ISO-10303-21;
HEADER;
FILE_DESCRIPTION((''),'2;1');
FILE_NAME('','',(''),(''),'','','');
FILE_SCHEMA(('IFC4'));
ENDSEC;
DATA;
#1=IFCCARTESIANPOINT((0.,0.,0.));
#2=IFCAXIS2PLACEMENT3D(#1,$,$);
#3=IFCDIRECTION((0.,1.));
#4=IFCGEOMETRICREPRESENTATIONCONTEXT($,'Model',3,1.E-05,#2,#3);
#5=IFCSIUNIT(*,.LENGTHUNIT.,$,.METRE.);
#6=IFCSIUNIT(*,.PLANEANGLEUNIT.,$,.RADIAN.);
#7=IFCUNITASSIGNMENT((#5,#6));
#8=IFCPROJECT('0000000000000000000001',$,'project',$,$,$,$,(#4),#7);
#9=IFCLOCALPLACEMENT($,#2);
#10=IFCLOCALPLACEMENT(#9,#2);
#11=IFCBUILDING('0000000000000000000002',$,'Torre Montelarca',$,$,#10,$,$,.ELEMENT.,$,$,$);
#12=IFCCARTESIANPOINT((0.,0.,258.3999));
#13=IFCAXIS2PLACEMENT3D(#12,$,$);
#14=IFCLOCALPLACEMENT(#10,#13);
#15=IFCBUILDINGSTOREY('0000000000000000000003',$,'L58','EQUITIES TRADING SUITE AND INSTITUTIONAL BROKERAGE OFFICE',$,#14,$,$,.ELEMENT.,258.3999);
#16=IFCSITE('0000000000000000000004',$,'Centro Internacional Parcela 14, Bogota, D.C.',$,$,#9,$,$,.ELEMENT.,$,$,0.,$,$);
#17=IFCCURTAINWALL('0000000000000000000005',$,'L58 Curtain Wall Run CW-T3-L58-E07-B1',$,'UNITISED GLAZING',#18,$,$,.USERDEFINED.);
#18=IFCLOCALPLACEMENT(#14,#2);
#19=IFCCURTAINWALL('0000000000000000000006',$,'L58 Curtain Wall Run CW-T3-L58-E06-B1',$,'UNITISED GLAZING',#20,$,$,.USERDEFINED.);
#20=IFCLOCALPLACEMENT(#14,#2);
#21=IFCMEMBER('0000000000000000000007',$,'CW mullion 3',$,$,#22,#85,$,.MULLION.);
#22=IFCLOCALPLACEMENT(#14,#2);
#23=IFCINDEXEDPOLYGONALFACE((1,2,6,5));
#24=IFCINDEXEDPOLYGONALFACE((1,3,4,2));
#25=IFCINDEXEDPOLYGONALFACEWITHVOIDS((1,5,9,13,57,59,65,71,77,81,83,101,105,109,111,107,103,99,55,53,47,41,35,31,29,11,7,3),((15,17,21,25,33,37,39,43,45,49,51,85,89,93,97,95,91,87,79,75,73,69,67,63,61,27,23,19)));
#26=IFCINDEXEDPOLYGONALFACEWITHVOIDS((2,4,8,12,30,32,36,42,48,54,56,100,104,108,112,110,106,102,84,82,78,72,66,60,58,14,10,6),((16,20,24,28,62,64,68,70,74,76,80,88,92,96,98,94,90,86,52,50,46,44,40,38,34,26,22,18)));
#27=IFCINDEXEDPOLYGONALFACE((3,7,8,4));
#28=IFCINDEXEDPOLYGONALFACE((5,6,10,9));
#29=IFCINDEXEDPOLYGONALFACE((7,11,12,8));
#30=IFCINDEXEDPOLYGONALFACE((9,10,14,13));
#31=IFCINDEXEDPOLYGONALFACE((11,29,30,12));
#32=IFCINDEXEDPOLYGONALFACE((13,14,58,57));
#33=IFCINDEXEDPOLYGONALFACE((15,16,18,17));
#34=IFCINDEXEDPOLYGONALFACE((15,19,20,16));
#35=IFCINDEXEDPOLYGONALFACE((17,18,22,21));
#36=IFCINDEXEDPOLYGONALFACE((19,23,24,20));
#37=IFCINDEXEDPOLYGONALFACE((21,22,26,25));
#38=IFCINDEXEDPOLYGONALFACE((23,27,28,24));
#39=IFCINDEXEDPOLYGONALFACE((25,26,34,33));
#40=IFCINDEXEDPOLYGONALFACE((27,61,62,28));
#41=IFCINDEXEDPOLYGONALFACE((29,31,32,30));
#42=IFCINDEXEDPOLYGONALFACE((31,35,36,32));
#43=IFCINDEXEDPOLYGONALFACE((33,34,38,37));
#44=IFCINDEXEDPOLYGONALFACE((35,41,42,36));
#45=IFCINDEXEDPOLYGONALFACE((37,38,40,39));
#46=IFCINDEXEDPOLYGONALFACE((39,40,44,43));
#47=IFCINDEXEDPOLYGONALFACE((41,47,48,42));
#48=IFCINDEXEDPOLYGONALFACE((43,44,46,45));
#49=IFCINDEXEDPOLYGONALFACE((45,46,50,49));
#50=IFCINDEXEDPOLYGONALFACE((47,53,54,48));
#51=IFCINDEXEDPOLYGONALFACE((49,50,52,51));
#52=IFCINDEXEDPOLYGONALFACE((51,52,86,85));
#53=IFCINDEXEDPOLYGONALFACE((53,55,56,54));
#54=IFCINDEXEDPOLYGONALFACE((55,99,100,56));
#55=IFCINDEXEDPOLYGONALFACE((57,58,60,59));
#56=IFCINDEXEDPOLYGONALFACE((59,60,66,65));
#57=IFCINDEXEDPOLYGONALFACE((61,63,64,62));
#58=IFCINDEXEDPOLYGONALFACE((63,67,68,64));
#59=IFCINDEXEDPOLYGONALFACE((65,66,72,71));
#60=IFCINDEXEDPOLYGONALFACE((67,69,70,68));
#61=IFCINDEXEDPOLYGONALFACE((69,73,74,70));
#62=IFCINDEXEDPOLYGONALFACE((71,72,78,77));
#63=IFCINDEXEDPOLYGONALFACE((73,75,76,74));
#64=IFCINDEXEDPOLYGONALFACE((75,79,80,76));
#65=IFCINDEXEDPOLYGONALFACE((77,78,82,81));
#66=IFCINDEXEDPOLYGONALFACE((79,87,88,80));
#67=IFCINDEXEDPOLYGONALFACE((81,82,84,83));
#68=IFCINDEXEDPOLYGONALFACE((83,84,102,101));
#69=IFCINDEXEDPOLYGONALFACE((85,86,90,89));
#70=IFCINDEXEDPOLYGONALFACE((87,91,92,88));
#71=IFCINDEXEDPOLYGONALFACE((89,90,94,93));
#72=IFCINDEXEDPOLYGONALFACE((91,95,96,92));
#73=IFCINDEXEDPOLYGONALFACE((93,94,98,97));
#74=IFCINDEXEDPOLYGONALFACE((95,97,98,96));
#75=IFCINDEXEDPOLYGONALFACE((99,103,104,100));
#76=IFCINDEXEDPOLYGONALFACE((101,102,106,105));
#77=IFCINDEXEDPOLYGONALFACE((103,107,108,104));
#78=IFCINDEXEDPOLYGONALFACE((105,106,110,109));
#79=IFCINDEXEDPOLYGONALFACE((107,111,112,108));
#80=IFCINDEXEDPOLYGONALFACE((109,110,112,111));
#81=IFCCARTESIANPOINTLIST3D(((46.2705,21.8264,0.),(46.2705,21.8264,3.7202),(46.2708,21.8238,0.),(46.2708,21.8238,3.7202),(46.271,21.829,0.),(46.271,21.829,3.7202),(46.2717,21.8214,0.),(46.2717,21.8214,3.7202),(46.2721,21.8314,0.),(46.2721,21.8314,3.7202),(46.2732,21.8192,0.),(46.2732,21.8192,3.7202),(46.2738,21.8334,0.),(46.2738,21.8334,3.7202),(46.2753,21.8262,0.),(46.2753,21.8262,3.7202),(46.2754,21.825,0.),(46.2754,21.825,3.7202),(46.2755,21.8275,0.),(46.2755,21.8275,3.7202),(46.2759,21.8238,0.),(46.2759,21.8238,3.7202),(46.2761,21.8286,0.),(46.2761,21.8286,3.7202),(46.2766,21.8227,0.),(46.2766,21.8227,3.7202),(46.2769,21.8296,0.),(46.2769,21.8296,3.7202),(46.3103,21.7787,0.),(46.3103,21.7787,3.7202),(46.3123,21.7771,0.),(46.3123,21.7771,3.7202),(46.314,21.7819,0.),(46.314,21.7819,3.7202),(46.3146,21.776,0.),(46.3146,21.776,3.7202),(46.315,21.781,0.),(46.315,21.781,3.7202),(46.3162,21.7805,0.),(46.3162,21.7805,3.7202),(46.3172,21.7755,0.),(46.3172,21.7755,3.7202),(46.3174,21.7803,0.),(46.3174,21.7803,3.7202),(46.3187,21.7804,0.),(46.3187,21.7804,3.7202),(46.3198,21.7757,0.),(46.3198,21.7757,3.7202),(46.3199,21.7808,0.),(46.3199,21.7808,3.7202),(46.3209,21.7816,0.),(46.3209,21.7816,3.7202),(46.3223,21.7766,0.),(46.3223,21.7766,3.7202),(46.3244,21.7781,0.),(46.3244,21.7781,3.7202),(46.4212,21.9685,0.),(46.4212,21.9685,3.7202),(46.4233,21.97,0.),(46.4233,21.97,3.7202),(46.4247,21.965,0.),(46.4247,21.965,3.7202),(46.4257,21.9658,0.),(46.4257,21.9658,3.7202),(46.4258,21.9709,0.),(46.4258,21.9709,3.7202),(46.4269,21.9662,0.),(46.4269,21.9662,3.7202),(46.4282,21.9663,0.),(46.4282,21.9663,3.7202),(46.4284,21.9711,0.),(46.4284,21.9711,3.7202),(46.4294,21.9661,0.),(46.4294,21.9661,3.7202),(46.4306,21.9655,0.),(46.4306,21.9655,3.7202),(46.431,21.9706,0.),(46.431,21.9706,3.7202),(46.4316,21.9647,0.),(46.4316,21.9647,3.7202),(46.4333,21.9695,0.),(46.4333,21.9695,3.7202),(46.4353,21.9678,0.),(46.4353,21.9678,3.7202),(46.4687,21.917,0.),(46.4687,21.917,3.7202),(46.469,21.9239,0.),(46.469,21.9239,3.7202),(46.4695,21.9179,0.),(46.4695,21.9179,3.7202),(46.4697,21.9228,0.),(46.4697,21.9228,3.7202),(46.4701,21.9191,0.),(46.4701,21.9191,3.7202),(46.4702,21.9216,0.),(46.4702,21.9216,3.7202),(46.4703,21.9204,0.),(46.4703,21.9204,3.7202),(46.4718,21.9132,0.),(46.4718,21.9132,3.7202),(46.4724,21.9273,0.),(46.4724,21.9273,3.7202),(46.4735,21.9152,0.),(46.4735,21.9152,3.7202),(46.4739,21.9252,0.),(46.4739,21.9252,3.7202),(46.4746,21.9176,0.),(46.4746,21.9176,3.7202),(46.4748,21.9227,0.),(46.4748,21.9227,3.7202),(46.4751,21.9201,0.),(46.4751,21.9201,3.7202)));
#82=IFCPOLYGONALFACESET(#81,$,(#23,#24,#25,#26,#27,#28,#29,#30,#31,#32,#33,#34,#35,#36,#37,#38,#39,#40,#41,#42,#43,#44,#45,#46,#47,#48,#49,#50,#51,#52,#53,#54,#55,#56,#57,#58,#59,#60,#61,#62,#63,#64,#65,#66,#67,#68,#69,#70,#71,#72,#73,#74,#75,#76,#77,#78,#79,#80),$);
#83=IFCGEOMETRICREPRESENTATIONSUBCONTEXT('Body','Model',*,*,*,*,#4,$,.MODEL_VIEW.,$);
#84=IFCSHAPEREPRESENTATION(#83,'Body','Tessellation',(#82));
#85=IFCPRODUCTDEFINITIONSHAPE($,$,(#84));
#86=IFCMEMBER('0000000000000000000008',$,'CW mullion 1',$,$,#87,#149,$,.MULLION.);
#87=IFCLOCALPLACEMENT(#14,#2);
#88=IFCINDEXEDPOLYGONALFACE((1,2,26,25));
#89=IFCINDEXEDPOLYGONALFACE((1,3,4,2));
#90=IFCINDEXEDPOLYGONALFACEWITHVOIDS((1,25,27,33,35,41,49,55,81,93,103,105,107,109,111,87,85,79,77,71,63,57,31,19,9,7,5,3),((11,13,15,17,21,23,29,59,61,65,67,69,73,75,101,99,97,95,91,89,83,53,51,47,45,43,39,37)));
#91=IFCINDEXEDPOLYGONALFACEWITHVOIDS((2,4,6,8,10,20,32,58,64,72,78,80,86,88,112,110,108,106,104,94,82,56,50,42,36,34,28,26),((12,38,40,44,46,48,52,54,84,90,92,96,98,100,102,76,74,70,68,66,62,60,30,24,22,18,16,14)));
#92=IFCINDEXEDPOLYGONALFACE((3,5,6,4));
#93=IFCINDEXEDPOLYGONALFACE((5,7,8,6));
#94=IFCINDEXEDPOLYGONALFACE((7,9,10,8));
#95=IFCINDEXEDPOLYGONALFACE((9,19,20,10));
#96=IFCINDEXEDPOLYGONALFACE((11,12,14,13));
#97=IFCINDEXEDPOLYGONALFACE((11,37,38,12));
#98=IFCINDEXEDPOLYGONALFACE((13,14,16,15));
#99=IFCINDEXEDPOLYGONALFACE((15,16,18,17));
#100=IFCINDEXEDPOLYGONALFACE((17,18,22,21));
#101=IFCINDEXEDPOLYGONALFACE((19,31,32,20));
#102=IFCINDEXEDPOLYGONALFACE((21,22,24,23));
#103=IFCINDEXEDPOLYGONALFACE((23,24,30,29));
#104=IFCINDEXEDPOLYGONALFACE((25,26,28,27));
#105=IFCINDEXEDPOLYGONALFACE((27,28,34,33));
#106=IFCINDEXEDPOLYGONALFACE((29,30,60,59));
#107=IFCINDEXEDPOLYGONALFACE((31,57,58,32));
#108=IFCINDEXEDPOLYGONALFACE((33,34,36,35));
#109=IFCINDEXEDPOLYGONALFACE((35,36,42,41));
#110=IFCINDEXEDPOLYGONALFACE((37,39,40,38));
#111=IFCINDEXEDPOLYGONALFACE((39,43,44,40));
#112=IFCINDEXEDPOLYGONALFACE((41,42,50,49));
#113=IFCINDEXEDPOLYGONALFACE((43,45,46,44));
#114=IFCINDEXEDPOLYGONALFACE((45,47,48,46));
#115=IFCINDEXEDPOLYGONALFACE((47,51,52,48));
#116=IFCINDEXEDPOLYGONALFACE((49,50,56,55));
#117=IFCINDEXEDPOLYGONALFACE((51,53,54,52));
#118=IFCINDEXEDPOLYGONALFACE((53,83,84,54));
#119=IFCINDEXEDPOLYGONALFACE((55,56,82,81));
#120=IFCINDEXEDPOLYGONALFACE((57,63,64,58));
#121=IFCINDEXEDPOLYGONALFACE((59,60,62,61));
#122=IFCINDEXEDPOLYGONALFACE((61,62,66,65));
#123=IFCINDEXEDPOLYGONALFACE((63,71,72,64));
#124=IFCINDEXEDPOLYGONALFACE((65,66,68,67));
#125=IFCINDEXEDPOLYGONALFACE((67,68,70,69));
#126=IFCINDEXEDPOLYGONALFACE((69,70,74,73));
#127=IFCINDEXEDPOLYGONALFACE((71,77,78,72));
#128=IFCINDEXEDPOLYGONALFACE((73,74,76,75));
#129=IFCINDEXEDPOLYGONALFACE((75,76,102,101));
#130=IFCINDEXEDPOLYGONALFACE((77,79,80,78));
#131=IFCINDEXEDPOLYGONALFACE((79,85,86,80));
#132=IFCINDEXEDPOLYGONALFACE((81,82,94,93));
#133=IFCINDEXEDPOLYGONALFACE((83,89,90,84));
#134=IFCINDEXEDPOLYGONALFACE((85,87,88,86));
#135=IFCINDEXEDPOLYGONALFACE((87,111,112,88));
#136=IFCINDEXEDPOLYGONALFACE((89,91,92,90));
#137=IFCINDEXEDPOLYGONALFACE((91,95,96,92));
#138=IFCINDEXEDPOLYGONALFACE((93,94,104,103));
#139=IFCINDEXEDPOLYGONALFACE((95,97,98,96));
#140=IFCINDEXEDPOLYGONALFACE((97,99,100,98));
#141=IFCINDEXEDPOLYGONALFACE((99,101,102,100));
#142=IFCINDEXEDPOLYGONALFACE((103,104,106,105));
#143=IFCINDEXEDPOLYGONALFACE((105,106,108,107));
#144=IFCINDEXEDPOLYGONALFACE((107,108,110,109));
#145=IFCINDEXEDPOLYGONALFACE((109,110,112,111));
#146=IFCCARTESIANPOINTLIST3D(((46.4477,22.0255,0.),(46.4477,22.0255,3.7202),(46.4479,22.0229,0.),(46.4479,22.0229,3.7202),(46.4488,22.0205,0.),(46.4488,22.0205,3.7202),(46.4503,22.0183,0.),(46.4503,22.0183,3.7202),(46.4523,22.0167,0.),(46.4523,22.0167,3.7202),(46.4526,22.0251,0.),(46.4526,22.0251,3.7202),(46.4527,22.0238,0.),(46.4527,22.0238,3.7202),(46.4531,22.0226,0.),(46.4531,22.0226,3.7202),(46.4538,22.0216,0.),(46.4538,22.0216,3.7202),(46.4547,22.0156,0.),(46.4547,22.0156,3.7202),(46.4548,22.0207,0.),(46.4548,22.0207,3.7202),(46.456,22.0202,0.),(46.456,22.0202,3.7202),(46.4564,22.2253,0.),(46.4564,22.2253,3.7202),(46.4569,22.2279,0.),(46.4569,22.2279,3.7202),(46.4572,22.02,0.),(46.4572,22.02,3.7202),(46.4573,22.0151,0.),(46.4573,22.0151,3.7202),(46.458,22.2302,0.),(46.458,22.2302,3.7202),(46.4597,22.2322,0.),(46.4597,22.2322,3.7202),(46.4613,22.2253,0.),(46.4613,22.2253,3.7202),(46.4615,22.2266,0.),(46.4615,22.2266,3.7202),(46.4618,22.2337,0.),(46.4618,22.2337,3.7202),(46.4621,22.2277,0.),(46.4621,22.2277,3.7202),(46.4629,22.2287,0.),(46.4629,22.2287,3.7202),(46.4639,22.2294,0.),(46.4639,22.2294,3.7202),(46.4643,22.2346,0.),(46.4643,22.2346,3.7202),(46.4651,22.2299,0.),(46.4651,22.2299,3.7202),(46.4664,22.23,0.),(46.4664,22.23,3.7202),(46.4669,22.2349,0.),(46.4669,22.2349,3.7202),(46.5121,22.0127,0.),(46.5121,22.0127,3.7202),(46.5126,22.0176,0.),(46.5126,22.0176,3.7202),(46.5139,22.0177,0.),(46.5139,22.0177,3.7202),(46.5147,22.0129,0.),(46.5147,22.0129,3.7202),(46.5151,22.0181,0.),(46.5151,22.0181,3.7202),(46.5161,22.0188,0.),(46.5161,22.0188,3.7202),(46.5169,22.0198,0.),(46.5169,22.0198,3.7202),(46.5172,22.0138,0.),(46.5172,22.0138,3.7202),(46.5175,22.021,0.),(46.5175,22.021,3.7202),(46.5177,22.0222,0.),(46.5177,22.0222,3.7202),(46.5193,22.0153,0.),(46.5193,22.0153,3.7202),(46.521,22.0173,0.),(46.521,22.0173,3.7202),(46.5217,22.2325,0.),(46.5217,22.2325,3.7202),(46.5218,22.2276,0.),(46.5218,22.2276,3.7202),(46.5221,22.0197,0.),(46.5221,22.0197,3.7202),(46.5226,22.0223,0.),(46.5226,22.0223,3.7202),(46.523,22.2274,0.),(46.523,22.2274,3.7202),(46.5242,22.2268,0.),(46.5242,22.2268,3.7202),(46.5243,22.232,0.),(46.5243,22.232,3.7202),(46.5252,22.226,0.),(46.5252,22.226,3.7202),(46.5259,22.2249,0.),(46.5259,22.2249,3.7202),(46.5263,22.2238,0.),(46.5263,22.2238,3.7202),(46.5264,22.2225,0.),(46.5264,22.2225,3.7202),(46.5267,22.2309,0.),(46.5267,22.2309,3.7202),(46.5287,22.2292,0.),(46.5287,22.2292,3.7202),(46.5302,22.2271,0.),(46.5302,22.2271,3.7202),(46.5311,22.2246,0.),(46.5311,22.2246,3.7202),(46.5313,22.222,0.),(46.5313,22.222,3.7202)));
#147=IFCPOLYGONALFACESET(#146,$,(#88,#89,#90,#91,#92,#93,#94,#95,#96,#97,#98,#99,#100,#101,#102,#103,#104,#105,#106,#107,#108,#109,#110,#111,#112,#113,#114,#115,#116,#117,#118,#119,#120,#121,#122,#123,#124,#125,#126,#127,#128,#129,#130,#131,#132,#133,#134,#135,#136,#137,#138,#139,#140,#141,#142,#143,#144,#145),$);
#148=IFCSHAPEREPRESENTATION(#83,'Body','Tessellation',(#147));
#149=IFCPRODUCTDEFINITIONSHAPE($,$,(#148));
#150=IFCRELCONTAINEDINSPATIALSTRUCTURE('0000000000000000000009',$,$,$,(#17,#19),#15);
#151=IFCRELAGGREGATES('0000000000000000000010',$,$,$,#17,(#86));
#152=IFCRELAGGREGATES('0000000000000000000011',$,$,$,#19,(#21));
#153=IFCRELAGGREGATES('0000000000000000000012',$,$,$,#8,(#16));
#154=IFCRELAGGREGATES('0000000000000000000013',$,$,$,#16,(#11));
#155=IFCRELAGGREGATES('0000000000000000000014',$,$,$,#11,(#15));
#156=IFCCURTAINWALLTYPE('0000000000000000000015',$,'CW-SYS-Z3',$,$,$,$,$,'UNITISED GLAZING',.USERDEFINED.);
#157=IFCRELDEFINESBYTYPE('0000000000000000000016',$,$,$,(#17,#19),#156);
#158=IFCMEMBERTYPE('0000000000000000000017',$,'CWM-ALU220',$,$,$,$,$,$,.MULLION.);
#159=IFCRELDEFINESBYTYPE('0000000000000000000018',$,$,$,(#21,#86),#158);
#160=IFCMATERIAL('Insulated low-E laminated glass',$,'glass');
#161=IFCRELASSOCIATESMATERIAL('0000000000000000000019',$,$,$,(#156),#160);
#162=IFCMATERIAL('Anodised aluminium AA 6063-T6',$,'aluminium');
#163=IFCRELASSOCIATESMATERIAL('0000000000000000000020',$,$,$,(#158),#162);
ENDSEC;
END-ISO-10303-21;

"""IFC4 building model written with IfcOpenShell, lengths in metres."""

from ifc_helpers import new_model, si_unit, direction, frame, origin, origin_2d, place, context, subcontext, project, spatial, hollow_rectangle, extrude, source, transform, mapped, material, material_profile, profile_set, type_object, element, aggregate, save


model = new_model("IFC4")

# Units and contexts
model_context = context("Model", 3, precision=1e-05, world=origin(), true_north=direction((0.0, 1.0)))
body_context = subcontext(model_context, "Body", "Model", "MODEL_VIEW")
ifc_project = project(units=[si_unit("LENGTHUNIT", "METRE"), si_unit("PLANEANGLEUNIT", "RADIAN")], contexts=[model_context])

# Site, building, storey
site_placement = place(None, origin())
site = spatial("IfcSite", under=ifc_project, at=site_placement, Name="Centro Internacional Parcela 14, Bogota, D.C.", CompositionType="ELEMENT", RefElevation=0.0)
building_placement = place(site_placement, origin())
building = spatial("IfcBuilding", under=site, at=building_placement, Name="Torre Montelarca", CompositionType="ELEMENT")
storey_placement = place(building_placement, frame((0.0, 0.0, 258.3999)))
storey = spatial("IfcBuildingStorey", under=building, at=storey_placement, Name="L58", Description="EQUITIES TRADING SUITE AND INSTITUTIONAL BROKERAGE OFFICE", CompositionType="ELEMENT", Elevation=258.3999)

# Curtain walls, member
ifc_material_1 = material(Name="Insulated low-E laminated glass", Category="glass")
curtain_wall_type = type_object("IfcCurtainWallType", Name="CW-SYS-Z3", ElementType="UNITISED GLAZING", PredefinedType="USERDEFINED", material=ifc_material_1)
curtain_wall_1_placement = place(storey_placement, origin())
curtain_wall_1 = element("IfcCurtainWall", 1, at=curtain_wall_1_placement, inside=storey, type_object=curtain_wall_type, Name="L58 Curtain Wall Run CW-T3-L58-E07-B1", ObjectType="UNITISED GLAZING", PredefinedType="USERDEFINED")
ifc_material_2 = material(Name="Anodised aluminium AA 6063-T6", Category="aluminium")
curtain_wall_2_placement = place(storey_placement, origin())
curtain_wall_2 = element("IfcCurtainWall", 2, at=curtain_wall_2_placement, inside=storey, type_object=curtain_wall_type, Name="L58 Curtain Wall Run CW-T3-L58-E06-B1", ObjectType="UNITISED GLAZING", PredefinedType="USERDEFINED")
ifc_material_profile_1 = material_profile(ifc_material_2, hollow_rectangle(XDim=0.075, YDim=0.22, WallThickness=0.0049, InnerFilletRadius=0.0049, OuterFilletRadius=0.01, at=origin_2d()), Name="ALU75X220X5", Category="aluminium")
ifc_profile_set_1 = profile_set([ifc_material_profile_1], Name="Anodised aluminium AA 6063-T6")
member_type_1 = type_object("IfcMemberType", Name="CWM-ALU220", PredefinedType="MULLION", material=ifc_profile_set_1)
shared_shape_1 = source(origin(), body_context, "Body", "SweptSolid", [
    extrude(hollow_rectangle(XDim=0.075, YDim=0.22, WallThickness=0.0049, InnerFilletRadius=0.0049, OuterFilletRadius=0.01, at=origin_2d()), origin(), (0.0, 0.0, 1.0), 3.7202),
])
member_1_placement = place(storey_placement, frame((46.3728, 21.8733, 0.0), z_axis=(0.0, 0.0, 1.0), x_axis=(-0.675587, 0.73728, 0.0)))
member_1 = element("IfcMember", 3, at=member_1_placement, type_object=member_type_1, Name="CW mullion 3", PredefinedType="MULLION", context=body_context, shape_type="MappedRepresentation", body=[
    mapped(shared_shape_1, transform((0.0, 0.0, 0.0), scale=1.0)),
])

# Member
member_2_placement = place(storey_placement, frame((46.4895, 22.1238, 0.0), z_axis=(0.0, 0.0, 1.0), x_axis=(-0.999048, 0.043616, 0.0)))
member_2 = element("IfcMember", 4, at=member_2_placement, type_object=member_type_1, Name="CW mullion 1", PredefinedType="MULLION", context=body_context, shape_type="MappedRepresentation", body=[
    mapped(shared_shape_1, transform((0.0, 0.0, 0.0), scale=1.0)),
])

aggregate(curtain_wall_1, [member_2])
aggregate(curtain_wall_2, [member_1])

save(model, "model.ifc")
